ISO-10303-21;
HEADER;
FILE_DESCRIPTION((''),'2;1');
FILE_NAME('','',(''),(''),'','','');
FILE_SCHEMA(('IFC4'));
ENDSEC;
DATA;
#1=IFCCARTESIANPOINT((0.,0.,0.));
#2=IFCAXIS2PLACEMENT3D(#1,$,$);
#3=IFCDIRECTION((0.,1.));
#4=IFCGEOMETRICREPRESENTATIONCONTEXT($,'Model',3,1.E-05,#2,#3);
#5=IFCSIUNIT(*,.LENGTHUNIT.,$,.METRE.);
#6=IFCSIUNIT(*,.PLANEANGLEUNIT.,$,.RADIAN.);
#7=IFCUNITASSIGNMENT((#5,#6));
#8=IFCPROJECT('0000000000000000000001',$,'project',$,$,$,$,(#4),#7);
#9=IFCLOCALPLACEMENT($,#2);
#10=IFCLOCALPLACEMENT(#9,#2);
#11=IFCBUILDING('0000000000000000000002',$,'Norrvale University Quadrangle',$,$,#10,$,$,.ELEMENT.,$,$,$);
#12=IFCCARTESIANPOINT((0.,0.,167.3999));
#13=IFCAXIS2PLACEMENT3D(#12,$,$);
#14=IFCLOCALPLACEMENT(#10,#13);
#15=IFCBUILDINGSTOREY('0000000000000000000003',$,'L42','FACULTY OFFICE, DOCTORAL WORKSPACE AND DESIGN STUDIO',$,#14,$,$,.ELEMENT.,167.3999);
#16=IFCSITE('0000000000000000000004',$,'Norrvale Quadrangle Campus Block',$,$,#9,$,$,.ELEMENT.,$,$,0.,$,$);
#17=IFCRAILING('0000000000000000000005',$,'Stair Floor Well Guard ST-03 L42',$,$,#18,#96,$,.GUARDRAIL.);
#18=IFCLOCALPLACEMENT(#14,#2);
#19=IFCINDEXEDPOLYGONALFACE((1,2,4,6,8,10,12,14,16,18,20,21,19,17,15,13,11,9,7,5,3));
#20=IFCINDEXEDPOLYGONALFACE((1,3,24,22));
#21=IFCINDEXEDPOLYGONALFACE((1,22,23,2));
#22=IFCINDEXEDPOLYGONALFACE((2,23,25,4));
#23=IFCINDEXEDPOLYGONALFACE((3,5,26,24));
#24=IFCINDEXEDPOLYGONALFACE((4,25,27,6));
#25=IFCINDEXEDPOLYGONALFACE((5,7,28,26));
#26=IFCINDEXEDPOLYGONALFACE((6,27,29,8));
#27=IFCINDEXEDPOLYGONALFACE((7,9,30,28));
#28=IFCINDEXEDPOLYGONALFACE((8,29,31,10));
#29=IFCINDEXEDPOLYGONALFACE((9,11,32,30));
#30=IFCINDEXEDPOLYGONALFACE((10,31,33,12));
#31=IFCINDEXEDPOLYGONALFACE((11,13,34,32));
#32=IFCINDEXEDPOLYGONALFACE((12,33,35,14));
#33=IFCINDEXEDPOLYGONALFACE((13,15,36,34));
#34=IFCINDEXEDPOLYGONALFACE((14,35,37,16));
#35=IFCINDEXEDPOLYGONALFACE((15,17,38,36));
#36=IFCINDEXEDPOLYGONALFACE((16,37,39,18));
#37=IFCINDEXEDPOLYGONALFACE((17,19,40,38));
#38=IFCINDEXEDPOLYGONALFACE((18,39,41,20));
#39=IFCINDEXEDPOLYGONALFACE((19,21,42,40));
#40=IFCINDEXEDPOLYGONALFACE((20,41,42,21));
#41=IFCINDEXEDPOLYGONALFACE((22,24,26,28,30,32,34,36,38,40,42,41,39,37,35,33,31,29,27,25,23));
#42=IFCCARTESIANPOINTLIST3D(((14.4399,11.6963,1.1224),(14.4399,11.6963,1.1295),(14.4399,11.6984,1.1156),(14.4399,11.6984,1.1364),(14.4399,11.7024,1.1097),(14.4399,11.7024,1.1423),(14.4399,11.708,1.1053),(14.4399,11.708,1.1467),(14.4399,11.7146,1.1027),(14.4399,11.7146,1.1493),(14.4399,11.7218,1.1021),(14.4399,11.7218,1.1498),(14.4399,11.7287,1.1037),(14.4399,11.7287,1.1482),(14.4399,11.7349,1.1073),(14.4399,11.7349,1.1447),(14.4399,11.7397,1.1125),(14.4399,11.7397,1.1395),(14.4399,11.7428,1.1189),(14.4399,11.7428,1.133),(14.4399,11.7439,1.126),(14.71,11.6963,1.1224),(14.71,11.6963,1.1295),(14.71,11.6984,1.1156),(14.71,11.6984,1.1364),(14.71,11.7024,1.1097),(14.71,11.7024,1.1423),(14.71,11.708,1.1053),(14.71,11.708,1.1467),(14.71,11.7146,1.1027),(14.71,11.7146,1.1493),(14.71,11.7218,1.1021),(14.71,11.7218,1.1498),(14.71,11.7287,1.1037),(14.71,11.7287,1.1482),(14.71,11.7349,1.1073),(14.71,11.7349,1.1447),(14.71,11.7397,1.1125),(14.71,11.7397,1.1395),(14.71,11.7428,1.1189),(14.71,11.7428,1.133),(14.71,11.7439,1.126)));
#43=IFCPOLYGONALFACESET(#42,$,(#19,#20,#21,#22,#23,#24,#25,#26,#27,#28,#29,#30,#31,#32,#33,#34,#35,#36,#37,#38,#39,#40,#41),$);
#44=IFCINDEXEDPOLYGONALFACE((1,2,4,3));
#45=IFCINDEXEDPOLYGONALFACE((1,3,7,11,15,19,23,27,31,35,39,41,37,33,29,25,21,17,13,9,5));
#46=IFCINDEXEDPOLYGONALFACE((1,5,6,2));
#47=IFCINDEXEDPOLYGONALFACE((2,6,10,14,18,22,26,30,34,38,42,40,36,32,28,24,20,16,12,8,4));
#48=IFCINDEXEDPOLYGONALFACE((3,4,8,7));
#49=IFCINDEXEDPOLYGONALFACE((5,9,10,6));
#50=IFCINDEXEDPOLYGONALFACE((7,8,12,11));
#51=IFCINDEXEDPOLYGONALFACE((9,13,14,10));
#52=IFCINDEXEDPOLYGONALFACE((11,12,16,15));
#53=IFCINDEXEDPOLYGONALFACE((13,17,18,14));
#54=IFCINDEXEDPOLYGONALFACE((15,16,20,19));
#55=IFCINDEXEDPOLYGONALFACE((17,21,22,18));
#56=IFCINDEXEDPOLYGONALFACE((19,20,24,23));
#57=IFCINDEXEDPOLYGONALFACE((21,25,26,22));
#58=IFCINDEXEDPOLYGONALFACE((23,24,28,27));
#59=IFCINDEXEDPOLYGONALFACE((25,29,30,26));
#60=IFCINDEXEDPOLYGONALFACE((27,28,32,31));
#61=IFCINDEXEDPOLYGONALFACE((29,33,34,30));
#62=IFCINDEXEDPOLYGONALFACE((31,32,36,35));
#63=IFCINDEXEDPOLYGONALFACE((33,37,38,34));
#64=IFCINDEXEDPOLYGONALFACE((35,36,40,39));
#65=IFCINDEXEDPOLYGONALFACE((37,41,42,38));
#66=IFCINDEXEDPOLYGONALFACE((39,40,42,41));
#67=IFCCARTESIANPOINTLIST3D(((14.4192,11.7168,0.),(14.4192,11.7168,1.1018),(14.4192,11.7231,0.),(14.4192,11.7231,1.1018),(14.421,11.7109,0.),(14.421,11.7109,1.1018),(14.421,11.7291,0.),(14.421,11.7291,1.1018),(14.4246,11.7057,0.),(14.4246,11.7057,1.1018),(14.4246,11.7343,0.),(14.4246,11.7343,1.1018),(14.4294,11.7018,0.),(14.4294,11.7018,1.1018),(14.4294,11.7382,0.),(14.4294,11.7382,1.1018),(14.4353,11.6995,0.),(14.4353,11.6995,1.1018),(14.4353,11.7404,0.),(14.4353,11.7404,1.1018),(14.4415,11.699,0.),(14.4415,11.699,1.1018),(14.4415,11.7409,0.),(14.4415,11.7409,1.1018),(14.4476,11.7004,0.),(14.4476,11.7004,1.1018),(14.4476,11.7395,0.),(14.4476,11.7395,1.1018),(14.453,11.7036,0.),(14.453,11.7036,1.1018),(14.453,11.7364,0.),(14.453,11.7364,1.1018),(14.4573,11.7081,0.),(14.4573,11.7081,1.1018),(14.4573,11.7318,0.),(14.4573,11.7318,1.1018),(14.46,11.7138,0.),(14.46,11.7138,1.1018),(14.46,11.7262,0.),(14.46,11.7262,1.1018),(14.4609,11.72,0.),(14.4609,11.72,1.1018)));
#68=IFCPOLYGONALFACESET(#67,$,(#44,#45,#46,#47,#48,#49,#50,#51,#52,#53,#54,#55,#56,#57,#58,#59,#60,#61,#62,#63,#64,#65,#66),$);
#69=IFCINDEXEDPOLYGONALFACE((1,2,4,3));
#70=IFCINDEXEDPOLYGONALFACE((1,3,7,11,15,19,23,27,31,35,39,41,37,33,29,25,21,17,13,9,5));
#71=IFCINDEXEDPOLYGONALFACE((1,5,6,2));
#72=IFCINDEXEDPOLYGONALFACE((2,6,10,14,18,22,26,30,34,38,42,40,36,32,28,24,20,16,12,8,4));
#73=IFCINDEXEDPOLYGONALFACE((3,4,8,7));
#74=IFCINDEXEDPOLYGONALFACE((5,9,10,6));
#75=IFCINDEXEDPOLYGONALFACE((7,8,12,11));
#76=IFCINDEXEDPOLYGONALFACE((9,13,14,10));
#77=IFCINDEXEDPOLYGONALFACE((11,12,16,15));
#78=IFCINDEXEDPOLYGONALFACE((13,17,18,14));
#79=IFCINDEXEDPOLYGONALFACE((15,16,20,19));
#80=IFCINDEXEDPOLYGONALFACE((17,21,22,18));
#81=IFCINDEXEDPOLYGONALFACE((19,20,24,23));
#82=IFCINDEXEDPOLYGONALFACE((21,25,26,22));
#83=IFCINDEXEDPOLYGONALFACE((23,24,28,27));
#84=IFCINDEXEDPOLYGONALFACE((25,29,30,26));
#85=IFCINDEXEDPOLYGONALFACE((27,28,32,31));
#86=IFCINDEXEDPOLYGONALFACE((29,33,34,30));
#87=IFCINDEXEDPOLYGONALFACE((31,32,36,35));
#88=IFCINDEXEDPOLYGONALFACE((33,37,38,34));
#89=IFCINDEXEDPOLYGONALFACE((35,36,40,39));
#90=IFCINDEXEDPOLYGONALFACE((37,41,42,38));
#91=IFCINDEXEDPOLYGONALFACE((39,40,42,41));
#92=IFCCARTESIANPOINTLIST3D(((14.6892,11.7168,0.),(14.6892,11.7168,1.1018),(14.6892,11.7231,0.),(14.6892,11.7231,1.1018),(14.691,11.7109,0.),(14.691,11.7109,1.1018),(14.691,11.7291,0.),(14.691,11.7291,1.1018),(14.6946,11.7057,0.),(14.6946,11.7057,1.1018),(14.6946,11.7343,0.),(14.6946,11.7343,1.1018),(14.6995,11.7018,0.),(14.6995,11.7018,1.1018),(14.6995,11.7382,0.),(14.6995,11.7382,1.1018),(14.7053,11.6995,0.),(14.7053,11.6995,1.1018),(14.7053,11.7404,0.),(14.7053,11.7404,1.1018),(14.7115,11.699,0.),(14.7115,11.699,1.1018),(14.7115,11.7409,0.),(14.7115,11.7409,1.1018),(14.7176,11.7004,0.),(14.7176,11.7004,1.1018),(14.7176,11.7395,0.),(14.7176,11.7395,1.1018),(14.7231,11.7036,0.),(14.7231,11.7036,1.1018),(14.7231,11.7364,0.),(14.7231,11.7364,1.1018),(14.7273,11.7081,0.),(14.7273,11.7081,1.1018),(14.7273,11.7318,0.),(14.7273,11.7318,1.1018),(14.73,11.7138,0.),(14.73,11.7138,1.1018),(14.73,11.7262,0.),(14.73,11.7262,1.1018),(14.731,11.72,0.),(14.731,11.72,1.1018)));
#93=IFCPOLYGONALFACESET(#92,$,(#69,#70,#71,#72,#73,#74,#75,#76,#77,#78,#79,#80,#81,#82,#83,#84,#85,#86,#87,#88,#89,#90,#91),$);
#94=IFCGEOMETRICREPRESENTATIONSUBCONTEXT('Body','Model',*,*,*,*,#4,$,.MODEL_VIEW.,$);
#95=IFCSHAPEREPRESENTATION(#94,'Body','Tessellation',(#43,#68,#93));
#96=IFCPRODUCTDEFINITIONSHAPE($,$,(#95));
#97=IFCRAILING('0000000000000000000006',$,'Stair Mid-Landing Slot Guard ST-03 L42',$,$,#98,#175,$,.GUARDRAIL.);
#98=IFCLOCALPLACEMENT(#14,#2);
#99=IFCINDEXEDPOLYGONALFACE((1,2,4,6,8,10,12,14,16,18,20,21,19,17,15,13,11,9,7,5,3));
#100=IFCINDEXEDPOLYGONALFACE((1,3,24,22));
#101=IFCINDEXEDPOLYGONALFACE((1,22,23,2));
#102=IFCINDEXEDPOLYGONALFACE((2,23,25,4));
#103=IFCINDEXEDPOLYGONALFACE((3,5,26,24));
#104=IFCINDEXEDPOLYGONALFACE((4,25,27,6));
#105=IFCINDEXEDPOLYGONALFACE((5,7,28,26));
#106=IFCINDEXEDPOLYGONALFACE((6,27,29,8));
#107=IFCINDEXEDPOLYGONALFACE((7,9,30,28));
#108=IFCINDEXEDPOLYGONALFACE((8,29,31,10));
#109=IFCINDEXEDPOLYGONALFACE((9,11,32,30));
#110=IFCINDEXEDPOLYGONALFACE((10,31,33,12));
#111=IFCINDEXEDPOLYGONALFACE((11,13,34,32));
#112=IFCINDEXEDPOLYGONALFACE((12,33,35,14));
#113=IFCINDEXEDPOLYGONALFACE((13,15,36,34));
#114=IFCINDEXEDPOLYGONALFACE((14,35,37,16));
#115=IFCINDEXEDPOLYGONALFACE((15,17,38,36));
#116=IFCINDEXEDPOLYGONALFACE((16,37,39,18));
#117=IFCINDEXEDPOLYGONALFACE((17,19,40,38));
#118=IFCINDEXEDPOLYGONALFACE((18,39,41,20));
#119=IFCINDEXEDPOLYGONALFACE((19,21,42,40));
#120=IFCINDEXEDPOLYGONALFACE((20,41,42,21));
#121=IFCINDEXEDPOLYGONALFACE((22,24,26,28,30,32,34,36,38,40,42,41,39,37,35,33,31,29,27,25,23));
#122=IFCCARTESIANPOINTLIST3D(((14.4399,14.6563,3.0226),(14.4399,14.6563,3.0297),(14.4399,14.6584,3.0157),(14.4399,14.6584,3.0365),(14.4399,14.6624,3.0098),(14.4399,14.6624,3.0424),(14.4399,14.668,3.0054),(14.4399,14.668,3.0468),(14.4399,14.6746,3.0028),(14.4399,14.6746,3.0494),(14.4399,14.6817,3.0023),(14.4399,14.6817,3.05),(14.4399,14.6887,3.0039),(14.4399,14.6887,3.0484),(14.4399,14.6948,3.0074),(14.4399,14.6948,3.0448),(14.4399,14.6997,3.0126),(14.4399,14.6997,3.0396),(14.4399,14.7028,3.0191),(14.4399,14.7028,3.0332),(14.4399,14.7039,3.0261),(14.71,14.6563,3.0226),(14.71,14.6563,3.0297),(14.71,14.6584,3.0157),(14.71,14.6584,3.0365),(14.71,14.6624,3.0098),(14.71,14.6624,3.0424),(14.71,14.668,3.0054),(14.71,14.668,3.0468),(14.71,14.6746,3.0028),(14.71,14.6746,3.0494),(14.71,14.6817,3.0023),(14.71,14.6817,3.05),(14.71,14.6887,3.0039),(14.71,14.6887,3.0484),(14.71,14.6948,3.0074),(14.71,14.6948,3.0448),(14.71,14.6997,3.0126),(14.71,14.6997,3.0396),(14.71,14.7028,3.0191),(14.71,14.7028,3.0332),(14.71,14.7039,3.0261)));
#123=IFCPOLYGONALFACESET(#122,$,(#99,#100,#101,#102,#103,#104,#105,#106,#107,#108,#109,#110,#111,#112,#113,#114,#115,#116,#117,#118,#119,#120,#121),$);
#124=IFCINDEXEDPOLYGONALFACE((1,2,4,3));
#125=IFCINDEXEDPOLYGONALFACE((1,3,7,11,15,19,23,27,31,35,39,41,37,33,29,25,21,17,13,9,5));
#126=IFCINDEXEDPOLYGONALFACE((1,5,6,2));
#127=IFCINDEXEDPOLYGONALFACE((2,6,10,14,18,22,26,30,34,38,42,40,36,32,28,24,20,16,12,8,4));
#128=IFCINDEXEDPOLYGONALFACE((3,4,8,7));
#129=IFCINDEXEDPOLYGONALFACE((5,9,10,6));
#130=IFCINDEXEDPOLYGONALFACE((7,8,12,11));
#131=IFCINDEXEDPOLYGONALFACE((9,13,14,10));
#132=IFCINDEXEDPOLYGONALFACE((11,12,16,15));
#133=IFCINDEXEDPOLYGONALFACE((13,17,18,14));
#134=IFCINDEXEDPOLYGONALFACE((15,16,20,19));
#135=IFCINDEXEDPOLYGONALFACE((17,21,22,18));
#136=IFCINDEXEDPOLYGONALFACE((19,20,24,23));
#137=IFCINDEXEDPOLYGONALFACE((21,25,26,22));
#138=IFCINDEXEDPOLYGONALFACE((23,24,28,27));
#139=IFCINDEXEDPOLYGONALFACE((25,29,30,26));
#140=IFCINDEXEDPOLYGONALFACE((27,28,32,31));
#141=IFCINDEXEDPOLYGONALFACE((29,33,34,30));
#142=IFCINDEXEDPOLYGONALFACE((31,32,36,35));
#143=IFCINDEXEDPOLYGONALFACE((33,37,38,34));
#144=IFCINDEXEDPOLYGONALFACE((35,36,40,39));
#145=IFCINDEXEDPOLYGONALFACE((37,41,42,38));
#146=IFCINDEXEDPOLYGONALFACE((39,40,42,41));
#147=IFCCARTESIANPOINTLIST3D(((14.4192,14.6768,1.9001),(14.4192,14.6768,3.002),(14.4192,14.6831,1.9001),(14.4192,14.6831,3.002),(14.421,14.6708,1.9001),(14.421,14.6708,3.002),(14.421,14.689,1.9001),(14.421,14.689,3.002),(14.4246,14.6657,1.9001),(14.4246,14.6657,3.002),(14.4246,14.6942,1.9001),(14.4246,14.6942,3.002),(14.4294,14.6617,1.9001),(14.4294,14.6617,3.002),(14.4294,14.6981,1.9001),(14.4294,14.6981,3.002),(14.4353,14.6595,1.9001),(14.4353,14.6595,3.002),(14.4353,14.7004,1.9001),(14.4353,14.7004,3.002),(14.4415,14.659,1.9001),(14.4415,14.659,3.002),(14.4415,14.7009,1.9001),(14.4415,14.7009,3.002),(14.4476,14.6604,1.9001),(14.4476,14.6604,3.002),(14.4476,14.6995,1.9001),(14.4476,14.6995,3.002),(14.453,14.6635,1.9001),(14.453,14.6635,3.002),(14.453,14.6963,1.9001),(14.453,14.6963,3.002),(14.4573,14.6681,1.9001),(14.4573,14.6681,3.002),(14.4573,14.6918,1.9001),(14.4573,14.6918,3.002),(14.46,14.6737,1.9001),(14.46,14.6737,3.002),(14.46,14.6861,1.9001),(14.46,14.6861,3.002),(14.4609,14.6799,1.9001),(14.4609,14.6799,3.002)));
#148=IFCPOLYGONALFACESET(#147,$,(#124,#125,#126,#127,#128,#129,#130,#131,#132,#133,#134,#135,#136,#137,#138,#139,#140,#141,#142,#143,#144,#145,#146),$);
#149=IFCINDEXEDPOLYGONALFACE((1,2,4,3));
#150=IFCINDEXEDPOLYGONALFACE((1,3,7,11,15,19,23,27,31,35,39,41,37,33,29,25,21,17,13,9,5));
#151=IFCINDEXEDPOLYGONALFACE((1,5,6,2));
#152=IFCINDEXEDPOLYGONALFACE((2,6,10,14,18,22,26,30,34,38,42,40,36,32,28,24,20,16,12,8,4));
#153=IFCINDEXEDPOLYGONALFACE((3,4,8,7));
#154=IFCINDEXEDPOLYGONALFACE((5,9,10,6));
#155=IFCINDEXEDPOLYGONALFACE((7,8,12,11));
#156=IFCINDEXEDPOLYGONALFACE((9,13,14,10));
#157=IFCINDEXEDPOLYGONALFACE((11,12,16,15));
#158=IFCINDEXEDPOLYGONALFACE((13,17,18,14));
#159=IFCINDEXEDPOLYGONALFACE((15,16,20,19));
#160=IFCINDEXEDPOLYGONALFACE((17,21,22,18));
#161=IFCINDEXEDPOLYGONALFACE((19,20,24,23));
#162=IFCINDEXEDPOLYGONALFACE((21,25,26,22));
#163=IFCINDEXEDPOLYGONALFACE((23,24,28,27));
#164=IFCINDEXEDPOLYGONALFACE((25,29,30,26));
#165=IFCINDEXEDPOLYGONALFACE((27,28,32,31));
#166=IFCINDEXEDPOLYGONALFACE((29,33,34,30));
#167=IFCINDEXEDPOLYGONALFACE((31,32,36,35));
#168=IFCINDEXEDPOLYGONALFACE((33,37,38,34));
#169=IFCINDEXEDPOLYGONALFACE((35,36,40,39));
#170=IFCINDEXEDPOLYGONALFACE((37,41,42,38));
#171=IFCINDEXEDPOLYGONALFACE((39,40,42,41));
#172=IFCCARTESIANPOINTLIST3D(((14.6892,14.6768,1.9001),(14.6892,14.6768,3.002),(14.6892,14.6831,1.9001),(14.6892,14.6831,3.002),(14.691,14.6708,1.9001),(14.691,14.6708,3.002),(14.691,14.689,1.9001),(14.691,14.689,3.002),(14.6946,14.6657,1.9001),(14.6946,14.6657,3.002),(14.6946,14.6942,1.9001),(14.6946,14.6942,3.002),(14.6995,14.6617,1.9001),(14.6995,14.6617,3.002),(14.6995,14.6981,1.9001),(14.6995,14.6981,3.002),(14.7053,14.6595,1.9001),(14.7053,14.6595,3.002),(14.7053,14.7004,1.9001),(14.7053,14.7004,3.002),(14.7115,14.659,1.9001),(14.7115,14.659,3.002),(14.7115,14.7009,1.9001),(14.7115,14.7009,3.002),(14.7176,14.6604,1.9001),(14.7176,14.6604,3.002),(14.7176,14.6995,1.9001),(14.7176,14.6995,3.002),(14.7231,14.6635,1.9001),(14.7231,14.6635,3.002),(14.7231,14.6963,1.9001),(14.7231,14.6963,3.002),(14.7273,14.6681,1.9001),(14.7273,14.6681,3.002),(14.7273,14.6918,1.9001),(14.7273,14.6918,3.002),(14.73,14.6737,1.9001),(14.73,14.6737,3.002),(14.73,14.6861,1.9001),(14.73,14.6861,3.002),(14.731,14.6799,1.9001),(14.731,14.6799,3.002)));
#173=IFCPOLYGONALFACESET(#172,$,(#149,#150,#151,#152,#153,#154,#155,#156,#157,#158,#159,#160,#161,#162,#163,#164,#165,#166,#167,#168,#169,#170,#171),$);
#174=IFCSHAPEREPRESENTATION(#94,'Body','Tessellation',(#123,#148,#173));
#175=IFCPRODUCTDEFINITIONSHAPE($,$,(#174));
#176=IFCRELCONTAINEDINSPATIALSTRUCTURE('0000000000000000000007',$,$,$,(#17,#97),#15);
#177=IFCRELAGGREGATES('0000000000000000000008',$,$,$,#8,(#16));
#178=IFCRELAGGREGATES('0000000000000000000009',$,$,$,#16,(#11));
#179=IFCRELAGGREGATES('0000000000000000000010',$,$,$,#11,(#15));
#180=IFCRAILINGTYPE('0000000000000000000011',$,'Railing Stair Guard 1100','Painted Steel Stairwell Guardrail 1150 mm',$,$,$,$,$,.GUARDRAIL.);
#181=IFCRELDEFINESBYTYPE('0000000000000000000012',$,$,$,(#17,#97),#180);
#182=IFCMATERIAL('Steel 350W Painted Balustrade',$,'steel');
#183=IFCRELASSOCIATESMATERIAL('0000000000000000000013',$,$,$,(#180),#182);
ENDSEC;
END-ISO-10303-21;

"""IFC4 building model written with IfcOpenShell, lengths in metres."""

from ifc_helpers import new_model, si_unit, direction, frame, origin, origin_2d, place, context, subcontext, project, spatial, circle, extrude, material, type_object, element, save


model = new_model("IFC4")

# Units and contexts
model_context = context("Model", 3, precision=1e-05, world=origin(), true_north=direction((0.0, 1.0)))
body_context = subcontext(model_context, "Body", "Model", "MODEL_VIEW")
ifc_project = project(units=[si_unit("LENGTHUNIT", "METRE"), si_unit("PLANEANGLEUNIT", "RADIAN")], contexts=[model_context])

# Site, building, storey
site_placement = place(None, origin())
site = spatial("IfcSite", under=ifc_project, at=site_placement, Name="Norrvale Quadrangle Campus Block", CompositionType="ELEMENT", RefElevation=0.0)
building_placement = place(site_placement, origin())
building = spatial("IfcBuilding", under=site, at=building_placement, Name="Norrvale University Quadrangle", CompositionType="ELEMENT")
storey_placement = place(building_placement, frame((0.0, 0.0, 167.3999)))
storey = spatial("IfcBuildingStorey", under=building, at=storey_placement, Name="L42", Description="FACULTY OFFICE, DOCTORAL WORKSPACE AND DESIGN STUDIO", CompositionType="ELEMENT", Elevation=167.3999)

# Railings
ifc_material_1 = material(Name="Steel 350W Painted Balustrade", Category="steel")
railing_type_1 = type_object("IfcRailingType", Name="Railing Stair Guard 1100", Description="Painted Steel Stairwell Guardrail 1150 mm", PredefinedType="GUARDRAIL", material=ifc_material_1)
for number, where, name in (
    (1, (14.4399, 11.72, 0.0), "Stair Floor Well Guard ST-03 L42"),
    (2, (14.4399, 14.6799, 1.9001), "Stair Mid-Landing Slot Guard ST-03 L42"),
):
    element("IfcRailing", number, at=place(storey_placement, frame(where)), inside=storey, type_object=railing_type_1, Name=name, PredefinedType="GUARDRAIL", context=body_context, shape_type="SweptSolid", body=[
        extrude(circle(Radius=0.0239, at=origin_2d()), frame((0.0, 0.0, 1.126), z_axis=(1.0, 0.0, 0.0), x_axis=(0.0, 1.0, 0.0)), (0.0, 0.0, 1.0), 0.27),
        extrude(circle(Radius=0.021, at=origin_2d()), origin(), (0.0, 0.0, 1.0), 1.1018),
        extrude(circle(Radius=0.021, at=origin_2d()), frame((0.27, 0.0, 0.0)), (0.0, 0.0, 1.0), 1.1018),
    ])

save(model, "model.ifc")
